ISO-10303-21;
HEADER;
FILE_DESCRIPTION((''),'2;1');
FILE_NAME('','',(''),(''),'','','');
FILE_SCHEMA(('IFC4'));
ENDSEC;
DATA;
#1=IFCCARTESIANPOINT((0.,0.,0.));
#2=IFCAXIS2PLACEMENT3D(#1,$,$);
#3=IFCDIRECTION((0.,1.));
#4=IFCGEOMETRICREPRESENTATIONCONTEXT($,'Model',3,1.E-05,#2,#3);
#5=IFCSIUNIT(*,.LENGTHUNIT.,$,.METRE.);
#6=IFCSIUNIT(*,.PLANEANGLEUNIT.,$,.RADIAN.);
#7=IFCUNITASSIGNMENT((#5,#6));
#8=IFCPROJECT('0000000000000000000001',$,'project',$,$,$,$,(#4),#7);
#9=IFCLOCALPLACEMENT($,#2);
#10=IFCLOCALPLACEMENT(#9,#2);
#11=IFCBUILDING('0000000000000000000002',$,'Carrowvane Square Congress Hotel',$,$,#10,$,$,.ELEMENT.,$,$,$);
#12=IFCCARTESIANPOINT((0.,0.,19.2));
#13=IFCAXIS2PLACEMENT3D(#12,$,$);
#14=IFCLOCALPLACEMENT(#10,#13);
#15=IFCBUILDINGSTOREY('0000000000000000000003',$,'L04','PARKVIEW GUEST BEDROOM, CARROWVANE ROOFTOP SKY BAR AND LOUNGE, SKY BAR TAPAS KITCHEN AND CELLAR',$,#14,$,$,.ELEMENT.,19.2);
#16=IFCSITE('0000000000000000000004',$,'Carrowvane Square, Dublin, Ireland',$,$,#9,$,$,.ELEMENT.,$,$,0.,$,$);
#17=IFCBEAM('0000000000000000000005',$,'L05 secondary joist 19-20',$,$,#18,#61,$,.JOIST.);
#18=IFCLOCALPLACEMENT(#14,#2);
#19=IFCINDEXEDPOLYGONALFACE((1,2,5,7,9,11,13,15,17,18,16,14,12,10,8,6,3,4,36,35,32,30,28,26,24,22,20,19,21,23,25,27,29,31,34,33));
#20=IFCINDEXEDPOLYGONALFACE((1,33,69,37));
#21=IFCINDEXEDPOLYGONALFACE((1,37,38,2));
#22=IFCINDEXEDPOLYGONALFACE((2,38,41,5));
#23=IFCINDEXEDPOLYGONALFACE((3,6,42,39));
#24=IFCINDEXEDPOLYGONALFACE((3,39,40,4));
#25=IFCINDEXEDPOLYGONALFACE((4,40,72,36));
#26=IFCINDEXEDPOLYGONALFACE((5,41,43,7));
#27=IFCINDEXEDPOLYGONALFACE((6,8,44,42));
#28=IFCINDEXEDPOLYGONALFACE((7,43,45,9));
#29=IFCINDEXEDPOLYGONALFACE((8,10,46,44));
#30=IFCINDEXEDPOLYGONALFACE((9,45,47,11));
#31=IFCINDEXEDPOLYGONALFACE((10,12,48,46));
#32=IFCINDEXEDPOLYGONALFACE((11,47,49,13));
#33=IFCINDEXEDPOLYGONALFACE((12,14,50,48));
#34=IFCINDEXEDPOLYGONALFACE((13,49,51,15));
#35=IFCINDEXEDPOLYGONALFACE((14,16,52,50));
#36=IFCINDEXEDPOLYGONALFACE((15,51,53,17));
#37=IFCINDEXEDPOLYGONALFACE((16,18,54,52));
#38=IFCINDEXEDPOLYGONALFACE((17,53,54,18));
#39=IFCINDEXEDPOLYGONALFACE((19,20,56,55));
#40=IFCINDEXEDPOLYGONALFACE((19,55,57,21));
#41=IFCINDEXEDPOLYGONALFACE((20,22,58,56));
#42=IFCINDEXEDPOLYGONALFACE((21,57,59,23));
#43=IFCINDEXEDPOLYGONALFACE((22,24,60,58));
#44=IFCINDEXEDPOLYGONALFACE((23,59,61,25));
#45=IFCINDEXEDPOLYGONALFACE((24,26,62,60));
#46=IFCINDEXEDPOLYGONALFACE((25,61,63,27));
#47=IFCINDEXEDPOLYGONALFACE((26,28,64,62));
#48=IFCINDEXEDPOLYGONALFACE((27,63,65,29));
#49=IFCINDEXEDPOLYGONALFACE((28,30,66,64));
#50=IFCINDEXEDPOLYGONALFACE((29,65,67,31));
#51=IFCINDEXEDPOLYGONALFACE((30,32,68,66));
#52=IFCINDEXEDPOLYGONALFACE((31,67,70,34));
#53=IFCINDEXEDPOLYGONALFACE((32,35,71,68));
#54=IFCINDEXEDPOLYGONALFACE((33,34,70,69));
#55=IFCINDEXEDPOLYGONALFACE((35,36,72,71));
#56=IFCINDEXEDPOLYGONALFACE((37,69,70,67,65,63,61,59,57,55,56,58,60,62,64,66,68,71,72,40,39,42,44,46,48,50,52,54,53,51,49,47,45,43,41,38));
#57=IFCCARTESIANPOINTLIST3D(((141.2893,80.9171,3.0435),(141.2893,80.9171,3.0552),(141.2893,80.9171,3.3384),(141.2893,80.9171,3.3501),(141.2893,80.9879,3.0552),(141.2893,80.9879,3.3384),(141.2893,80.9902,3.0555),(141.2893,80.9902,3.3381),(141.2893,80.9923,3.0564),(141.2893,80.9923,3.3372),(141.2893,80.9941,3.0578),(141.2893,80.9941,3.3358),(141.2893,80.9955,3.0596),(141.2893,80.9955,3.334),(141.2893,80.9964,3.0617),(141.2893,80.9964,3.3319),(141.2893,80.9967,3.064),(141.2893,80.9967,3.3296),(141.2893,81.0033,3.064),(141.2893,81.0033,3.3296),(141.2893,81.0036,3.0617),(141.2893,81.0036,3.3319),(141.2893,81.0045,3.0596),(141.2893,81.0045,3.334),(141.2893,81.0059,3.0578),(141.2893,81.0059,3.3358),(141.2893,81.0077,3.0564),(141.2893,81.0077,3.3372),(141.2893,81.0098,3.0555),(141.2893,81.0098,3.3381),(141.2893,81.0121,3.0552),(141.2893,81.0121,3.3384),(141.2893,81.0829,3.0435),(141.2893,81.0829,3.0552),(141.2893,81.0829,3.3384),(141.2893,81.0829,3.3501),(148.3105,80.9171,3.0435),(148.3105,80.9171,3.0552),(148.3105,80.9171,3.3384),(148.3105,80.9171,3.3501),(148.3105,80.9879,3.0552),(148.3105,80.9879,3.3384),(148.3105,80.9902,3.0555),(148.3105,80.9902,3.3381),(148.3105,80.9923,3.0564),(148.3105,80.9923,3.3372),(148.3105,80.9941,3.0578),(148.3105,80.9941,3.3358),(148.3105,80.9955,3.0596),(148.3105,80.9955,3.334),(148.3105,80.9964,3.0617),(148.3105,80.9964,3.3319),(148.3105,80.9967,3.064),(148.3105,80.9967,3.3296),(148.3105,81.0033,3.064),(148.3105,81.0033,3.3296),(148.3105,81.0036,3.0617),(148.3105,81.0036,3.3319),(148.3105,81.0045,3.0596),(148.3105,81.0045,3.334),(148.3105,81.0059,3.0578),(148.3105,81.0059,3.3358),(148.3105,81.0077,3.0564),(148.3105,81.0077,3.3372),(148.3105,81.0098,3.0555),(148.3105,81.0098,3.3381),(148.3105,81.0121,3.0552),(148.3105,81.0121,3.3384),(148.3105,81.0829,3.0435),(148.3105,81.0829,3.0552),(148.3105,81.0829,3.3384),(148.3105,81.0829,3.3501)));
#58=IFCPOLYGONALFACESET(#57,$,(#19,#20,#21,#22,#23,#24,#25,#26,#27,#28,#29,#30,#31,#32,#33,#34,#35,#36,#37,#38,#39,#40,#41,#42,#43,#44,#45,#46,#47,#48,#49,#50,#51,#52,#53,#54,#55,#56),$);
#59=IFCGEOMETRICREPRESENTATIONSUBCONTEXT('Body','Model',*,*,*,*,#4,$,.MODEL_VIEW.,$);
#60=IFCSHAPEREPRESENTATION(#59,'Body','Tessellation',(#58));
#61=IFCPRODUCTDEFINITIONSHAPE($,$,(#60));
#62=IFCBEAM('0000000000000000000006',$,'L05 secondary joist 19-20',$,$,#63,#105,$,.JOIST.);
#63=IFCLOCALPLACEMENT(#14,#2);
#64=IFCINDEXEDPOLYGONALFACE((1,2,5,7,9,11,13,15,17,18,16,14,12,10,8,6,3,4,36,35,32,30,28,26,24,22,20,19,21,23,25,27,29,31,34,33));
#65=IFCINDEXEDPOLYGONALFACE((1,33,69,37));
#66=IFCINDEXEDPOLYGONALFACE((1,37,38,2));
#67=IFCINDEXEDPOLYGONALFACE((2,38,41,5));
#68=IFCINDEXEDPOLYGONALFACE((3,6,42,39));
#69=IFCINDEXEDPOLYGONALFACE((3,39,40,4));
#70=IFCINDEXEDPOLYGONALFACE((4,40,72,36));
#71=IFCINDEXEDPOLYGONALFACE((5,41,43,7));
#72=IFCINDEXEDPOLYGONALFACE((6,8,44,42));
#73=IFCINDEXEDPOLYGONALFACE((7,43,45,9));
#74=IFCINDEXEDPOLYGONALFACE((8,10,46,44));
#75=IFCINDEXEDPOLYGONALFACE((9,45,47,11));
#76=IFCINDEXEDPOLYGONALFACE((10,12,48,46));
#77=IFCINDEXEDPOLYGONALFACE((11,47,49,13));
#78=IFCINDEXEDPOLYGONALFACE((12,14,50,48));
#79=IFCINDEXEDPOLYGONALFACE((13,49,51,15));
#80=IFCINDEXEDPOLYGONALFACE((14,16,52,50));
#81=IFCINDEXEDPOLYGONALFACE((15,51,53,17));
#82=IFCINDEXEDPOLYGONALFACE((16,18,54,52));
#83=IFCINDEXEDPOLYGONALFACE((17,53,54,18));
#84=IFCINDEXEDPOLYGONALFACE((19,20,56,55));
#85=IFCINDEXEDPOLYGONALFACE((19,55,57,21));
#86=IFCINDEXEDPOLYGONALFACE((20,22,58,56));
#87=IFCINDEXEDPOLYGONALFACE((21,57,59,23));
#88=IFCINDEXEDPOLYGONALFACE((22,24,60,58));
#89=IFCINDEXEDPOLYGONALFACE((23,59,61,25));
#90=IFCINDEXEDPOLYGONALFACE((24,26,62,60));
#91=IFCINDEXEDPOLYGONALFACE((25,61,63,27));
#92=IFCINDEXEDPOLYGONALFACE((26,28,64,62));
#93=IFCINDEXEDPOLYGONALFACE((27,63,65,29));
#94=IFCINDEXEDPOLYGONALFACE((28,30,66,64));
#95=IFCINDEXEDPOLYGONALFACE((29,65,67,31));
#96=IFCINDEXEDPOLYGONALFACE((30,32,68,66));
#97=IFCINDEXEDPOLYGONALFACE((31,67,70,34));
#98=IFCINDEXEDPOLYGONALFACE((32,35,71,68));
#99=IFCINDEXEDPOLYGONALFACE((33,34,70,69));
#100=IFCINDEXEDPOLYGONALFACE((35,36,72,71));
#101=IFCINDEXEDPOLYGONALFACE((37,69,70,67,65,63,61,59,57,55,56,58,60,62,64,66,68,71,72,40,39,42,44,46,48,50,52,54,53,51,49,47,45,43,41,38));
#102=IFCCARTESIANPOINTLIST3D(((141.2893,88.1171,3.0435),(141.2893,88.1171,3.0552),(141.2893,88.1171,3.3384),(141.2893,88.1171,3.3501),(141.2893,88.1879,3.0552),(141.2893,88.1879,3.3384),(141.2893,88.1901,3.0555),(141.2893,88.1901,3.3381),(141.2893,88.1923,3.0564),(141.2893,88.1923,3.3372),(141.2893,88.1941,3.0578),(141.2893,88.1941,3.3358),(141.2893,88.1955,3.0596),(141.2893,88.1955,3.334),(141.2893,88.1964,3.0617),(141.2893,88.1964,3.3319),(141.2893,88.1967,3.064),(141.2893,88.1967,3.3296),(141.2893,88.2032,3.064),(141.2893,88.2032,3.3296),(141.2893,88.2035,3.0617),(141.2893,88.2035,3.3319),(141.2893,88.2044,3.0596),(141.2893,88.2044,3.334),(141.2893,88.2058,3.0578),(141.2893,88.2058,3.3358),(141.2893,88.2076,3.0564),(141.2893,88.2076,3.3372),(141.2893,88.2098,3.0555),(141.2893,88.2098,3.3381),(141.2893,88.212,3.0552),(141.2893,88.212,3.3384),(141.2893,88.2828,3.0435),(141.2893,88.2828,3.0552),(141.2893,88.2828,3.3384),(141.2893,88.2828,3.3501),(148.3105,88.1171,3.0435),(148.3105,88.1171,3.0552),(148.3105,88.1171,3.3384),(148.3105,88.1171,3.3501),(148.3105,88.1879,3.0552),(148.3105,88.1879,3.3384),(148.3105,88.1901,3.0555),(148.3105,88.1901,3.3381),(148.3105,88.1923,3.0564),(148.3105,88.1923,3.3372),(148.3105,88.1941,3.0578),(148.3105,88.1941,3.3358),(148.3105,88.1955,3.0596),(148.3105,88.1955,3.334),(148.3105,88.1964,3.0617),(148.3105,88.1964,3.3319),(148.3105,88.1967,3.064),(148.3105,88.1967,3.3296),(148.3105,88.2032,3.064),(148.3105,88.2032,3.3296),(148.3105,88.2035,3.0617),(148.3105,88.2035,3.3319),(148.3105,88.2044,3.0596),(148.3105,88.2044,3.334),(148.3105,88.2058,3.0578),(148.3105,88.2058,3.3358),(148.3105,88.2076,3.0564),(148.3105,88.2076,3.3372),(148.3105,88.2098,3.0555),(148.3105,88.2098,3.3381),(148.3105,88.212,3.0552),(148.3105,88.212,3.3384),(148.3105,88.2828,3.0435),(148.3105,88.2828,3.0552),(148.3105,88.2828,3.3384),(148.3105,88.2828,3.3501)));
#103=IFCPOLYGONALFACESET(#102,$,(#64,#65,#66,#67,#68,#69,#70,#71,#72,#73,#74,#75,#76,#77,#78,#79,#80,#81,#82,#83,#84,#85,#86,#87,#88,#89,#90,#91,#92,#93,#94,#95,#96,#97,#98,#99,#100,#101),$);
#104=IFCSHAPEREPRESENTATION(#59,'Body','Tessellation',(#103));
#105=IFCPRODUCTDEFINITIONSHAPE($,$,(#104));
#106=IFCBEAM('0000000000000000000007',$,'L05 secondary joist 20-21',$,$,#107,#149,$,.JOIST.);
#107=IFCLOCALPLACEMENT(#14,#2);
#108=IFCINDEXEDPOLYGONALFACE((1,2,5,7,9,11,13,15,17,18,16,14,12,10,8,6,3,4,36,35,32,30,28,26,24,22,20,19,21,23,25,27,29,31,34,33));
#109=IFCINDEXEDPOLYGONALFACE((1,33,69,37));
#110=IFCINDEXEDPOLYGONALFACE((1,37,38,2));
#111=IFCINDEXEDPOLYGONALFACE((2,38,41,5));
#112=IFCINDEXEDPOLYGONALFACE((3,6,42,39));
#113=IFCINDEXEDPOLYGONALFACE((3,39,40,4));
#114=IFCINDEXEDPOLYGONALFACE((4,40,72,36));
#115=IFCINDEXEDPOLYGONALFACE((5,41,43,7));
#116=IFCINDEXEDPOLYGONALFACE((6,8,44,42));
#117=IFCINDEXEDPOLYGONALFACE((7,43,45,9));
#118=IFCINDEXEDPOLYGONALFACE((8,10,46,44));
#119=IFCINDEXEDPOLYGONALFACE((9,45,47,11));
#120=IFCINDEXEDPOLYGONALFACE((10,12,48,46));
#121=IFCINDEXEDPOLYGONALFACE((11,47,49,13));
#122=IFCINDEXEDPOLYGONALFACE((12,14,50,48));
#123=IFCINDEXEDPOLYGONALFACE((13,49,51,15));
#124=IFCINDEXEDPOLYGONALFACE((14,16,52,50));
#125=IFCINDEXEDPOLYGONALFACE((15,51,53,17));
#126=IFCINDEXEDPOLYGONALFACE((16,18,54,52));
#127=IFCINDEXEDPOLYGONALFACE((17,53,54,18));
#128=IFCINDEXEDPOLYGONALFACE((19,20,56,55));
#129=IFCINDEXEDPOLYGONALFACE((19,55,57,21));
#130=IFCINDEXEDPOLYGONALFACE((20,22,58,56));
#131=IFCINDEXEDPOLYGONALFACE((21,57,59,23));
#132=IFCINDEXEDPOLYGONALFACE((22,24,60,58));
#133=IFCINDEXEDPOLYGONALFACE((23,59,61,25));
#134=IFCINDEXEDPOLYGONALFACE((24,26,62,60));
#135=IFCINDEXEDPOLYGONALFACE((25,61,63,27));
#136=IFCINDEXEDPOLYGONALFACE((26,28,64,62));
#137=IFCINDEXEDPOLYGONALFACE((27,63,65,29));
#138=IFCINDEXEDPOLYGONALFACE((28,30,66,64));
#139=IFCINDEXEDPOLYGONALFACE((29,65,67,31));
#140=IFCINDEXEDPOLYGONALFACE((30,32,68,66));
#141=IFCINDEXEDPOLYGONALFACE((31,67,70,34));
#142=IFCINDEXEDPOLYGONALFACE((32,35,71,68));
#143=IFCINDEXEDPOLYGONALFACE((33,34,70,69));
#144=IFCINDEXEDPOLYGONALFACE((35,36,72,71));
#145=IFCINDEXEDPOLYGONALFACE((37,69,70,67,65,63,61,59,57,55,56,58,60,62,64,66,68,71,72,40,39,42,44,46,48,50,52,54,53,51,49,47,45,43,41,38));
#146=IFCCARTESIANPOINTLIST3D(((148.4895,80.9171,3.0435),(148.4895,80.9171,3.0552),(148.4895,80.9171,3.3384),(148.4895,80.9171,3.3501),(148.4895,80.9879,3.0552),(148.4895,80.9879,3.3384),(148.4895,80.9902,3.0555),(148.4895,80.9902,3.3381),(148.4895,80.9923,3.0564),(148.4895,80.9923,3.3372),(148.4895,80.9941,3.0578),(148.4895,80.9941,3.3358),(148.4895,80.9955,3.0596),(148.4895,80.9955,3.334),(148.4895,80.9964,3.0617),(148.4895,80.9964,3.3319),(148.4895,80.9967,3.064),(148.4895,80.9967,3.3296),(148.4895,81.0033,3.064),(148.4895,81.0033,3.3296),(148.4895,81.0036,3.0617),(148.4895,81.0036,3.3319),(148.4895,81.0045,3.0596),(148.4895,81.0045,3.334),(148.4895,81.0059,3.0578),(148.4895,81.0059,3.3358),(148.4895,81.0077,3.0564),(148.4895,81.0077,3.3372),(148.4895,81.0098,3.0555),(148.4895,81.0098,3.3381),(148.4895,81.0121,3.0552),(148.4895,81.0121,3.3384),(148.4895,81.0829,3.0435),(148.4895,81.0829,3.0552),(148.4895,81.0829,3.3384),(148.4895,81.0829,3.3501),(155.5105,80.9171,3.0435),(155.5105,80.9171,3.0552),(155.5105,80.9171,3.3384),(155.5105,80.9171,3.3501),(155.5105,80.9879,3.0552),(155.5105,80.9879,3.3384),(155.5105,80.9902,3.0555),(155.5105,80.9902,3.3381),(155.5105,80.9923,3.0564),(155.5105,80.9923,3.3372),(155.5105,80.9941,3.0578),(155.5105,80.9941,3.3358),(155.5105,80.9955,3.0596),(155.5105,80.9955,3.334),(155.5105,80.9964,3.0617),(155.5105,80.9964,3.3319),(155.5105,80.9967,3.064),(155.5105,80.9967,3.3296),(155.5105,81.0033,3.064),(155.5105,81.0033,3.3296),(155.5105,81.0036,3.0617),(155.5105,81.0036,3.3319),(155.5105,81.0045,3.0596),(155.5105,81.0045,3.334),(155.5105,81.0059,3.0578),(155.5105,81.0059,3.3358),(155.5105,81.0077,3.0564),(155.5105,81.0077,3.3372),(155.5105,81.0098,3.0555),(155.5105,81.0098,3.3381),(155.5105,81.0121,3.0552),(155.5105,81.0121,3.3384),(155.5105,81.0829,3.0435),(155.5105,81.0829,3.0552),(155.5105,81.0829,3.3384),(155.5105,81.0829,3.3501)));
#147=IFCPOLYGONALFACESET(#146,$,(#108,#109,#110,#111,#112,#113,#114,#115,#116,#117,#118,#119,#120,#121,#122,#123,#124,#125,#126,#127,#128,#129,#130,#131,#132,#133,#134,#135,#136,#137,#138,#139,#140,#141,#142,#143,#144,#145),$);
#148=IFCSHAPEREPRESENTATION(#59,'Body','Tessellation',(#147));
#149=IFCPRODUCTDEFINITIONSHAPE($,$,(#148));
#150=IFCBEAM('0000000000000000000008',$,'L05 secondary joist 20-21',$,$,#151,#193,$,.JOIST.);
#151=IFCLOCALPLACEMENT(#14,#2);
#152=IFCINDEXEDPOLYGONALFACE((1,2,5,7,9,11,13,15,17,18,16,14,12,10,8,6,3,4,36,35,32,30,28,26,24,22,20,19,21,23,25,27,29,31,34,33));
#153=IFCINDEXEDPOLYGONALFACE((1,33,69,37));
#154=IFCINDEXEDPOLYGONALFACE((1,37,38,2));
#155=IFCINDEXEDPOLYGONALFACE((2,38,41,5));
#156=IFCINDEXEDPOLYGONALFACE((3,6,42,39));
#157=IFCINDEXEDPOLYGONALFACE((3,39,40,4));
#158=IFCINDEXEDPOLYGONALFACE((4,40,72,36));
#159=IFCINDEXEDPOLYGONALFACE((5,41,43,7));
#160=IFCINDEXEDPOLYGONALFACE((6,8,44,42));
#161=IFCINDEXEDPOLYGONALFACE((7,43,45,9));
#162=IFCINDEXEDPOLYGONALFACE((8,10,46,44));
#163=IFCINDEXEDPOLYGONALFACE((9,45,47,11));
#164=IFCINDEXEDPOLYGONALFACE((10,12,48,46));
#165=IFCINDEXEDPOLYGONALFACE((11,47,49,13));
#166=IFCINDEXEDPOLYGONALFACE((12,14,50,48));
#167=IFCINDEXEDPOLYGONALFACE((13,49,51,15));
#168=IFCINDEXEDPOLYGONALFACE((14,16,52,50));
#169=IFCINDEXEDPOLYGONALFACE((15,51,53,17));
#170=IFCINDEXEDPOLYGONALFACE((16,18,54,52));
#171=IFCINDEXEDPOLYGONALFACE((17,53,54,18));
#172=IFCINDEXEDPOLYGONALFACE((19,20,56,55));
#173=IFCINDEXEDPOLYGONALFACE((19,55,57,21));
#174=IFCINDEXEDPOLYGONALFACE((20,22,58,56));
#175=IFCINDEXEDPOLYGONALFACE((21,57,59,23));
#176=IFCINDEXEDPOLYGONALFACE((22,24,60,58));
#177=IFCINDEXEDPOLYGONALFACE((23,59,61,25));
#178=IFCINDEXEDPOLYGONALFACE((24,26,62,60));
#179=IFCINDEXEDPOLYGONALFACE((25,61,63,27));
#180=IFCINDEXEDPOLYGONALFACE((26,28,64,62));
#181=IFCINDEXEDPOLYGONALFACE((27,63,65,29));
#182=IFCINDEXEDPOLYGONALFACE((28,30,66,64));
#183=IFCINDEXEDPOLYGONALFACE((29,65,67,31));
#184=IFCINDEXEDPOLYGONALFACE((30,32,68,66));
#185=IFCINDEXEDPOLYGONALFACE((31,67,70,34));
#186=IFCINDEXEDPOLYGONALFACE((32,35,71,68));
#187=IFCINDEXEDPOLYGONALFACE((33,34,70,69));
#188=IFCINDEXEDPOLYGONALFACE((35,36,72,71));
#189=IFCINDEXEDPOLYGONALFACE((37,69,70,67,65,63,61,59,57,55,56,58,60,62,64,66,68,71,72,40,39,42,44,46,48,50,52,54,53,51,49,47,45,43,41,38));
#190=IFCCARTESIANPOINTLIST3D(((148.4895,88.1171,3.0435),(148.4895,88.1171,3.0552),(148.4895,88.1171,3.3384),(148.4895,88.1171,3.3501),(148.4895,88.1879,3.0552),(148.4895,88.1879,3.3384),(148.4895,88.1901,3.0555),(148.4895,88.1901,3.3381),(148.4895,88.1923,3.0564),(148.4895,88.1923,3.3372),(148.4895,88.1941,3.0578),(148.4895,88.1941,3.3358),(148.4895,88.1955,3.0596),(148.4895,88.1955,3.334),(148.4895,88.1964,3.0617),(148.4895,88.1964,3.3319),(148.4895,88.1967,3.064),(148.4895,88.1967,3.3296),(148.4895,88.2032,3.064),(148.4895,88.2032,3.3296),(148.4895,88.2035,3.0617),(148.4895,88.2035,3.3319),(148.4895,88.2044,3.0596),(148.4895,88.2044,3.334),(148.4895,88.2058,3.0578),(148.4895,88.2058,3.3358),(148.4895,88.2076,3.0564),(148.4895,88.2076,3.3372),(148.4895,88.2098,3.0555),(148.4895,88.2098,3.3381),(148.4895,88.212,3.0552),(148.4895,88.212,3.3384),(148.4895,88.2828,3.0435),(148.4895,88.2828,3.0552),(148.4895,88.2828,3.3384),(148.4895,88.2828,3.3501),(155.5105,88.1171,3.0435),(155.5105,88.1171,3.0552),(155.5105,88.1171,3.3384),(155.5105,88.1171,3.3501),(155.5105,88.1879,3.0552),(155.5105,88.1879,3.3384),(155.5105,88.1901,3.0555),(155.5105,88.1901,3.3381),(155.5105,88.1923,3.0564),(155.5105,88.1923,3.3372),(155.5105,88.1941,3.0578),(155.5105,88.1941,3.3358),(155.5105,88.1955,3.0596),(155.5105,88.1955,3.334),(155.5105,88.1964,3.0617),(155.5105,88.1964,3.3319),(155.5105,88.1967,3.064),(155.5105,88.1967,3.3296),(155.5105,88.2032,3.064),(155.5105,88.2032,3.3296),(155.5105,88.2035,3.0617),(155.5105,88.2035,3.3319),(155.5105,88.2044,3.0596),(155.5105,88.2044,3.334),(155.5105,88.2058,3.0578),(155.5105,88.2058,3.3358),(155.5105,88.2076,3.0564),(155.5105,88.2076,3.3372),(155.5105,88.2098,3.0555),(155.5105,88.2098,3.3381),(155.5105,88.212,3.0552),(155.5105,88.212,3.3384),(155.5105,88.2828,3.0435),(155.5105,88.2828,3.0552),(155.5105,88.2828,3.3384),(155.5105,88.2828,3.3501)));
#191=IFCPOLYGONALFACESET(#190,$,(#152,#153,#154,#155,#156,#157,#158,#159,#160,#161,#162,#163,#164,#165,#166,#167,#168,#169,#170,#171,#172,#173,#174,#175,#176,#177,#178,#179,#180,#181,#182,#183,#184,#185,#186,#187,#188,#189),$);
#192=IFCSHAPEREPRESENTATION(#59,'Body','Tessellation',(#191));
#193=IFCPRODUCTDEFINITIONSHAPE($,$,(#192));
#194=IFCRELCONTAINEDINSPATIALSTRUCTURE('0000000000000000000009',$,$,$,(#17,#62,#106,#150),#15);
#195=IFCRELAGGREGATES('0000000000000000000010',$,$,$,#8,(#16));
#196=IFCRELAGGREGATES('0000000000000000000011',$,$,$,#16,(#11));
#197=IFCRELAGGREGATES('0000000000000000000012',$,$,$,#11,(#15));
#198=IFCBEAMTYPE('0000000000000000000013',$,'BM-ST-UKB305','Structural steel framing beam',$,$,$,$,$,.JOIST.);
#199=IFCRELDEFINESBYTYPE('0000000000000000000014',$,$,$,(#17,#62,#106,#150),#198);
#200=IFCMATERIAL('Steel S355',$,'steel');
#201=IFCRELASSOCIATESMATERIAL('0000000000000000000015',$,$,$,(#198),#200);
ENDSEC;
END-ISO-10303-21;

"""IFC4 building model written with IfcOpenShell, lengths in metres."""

from ifc_helpers import new_model, si_unit, direction, frame, origin, origin_2d, place, context, subcontext, project, spatial, i_section, extrude, material, material_profile, profile_set, type_object, element, save


model = new_model("IFC4")

# Units and contexts
model_context = context("Model", 3, precision=1e-05, world=origin(), true_north=direction((0.0, 1.0)))
body_context = subcontext(model_context, "Body", "Model", "MODEL_VIEW")
ifc_project = project(units=[si_unit("LENGTHUNIT", "METRE"), si_unit("PLANEANGLEUNIT", "RADIAN")], contexts=[model_context])

# Site, building, storey
site_placement = place(None, origin())
site = spatial("IfcSite", under=ifc_project, at=site_placement, Name="Carrowvane Square, Dublin, Ireland", CompositionType="ELEMENT", RefElevation=0.0)
building_placement = place(site_placement, origin())
building = spatial("IfcBuilding", under=site, at=building_placement, Name="Carrowvane Square Congress Hotel", CompositionType="ELEMENT")
storey_placement = place(building_placement, frame((0.0, 0.0, 19.2)))
storey = spatial("IfcBuildingStorey", under=building, at=storey_placement, Name="L04", Description="PARKVIEW GUEST BEDROOM, CARROWVANE ROOFTOP SKY BAR AND LOUNGE, SKY BAR TAPAS KITCHEN AND CELLAR", CompositionType="ELEMENT", Elevation=19.2)

# Beams
ifc_material_1 = material(Name="Steel S355", Category="steel")
ifc_material_profile_1 = material_profile(ifc_material_1, i_section(OverallWidth=0.1658, OverallDepth=0.3066, WebThickness=0.0066, FlangeThickness=0.0117, FilletRadius=0.0088, at=origin_2d()), Name="UKB 305x165x46")
ifc_profile_set_1 = profile_set([ifc_material_profile_1], Name="Steel S355")
beam_type_1 = type_object("IfcBeamType", Name="BM-ST-UKB305", Description="Structural steel framing beam", PredefinedType="JOIST", material=ifc_profile_set_1)
for number, where, z_axis, x_axis, name in (
    (1, (141.2893, 81.0, 3.1968), (1.0, 0.0, 0.0), (0.0, 1.0, 0.0), "L05 secondary joist 19-20"),
    (2, (141.2893, 88.2, 3.1968), (1.0, 0.0, 0.0), (0.0, 1.0, 0.0), "L05 secondary joist 19-20"),
):
    element("IfcBeam", number, at=place(storey_placement, frame(where, z_axis=z_axis, x_axis=x_axis)), inside=storey, type_object=beam_type_1, Name=name, PredefinedType="JOIST", context=body_context, shape_type="SweptSolid", body=[
        extrude(i_section(OverallWidth=0.1658, OverallDepth=0.3066, WebThickness=0.0066, FlangeThickness=0.0117, FilletRadius=0.0088, at=origin_2d()), origin(), (0.0, 0.0, 1.0), 7.0212),
    ])
for number, where, z_axis, x_axis, name in (
    (3, (148.4895, 81.0, 3.1968), (1.0, 0.0, 0.0), (0.0, 1.0, 0.0), "L05 secondary joist 20-21"),
    (4, (148.4895, 88.2, 3.1968), (1.0, 0.0, 0.0), (0.0, 1.0, 0.0), "L05 secondary joist 20-21"),
):
    element("IfcBeam", number, at=place(storey_placement, frame(where, z_axis=z_axis, x_axis=x_axis)), inside=storey, type_object=beam_type_1, Name=name, PredefinedType="JOIST", context=body_context, shape_type="SweptSolid", body=[
        extrude(i_section(OverallWidth=0.1658, OverallDepth=0.3066, WebThickness=0.0066, FlangeThickness=0.0117, FilletRadius=0.0088, at=origin_2d()), origin(), (0.0, 0.0, 1.0), 7.021),
    ])

save(model, "model.ifc")
